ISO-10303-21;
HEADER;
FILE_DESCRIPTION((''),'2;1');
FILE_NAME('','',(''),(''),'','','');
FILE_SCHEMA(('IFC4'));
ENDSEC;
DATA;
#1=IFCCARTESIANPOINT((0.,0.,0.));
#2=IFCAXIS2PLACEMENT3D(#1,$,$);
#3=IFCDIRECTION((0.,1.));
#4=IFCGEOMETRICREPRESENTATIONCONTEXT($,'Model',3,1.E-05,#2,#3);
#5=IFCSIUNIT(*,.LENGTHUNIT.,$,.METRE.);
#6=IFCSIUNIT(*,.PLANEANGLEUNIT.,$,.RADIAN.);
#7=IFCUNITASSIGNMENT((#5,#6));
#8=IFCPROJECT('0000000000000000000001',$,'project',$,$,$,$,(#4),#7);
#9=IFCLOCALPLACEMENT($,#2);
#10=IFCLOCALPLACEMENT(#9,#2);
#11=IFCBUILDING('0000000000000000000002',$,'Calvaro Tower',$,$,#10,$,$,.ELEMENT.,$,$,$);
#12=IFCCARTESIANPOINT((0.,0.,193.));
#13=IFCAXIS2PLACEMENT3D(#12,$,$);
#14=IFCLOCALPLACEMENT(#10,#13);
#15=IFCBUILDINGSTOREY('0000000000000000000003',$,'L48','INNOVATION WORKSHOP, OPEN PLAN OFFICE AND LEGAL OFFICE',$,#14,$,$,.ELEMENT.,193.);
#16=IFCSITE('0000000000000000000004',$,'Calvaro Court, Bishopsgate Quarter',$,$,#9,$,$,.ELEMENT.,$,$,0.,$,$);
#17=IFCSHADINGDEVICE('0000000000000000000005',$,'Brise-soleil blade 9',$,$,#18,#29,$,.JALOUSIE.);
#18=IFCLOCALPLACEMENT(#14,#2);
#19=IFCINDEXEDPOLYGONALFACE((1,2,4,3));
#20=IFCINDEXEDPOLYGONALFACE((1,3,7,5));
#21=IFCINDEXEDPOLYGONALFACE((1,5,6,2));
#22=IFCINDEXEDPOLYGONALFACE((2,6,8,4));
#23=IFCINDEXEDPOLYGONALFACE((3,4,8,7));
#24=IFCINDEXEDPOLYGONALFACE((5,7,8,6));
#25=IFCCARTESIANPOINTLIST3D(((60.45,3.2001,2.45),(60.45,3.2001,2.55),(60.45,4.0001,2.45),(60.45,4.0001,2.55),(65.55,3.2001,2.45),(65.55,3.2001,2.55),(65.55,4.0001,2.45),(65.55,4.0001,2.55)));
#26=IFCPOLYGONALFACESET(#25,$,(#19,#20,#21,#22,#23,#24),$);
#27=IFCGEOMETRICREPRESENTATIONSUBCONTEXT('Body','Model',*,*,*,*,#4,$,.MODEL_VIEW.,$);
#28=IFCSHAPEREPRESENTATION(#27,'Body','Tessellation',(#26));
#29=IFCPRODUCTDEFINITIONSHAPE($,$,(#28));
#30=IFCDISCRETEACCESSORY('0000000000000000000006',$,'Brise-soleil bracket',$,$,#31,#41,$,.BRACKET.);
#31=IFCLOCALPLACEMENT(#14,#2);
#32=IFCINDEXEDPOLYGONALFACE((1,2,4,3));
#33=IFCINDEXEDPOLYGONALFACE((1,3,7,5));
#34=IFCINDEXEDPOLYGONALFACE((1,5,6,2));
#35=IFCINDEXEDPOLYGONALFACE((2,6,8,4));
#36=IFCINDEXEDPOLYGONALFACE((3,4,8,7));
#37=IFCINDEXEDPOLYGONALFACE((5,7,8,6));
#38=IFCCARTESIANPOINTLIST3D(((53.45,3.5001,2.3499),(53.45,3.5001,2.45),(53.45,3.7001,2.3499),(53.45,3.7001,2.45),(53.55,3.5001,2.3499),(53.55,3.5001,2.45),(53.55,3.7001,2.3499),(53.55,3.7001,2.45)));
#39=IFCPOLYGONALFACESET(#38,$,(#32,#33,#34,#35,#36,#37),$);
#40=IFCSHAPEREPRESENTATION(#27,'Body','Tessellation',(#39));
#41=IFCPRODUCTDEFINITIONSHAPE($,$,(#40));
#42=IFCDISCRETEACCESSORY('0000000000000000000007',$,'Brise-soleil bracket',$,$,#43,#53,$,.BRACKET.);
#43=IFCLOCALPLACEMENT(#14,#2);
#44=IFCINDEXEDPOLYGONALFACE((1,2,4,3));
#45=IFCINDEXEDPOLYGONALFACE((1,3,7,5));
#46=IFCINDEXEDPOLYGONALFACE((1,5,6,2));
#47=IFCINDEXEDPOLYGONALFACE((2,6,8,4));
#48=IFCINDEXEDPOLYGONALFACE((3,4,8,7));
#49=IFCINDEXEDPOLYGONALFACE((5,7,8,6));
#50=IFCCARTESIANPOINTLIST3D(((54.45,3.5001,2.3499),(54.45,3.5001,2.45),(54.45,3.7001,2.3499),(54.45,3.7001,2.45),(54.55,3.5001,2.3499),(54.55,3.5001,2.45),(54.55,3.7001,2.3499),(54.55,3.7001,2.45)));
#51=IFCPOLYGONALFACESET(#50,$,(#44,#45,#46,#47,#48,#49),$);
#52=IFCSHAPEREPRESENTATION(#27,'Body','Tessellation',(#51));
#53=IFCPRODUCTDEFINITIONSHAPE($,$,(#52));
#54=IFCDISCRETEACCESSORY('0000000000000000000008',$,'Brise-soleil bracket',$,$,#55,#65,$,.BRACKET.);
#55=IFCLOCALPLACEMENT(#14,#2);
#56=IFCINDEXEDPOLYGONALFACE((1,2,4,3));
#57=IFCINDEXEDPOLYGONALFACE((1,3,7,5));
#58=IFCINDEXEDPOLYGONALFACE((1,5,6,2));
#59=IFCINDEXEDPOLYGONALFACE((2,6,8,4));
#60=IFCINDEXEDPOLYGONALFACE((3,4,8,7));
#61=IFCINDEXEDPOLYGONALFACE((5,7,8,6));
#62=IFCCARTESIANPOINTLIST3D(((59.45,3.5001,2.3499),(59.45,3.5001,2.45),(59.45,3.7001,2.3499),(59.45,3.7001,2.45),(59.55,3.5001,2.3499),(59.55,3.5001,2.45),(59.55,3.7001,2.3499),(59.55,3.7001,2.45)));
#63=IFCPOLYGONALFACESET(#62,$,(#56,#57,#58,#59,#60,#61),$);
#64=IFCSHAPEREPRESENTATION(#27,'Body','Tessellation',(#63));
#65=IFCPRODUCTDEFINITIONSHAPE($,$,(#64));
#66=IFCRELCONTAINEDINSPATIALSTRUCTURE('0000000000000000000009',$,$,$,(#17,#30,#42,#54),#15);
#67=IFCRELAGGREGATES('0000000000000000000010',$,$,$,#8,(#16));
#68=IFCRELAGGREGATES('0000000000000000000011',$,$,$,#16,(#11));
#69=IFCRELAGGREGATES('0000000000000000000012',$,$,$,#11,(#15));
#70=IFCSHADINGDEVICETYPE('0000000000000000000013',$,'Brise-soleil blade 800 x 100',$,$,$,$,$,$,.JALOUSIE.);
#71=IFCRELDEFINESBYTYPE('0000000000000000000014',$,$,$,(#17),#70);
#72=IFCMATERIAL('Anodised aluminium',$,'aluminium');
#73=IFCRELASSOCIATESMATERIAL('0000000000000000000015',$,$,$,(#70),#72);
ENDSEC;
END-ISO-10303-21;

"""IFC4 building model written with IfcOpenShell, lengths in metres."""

from ifc_helpers import new_model, si_unit, direction, frame, origin, origin_2d, place, context, subcontext, project, spatial, rectangle, extrude, material, material_profile, profile_set, type_object, element, save


model = new_model("IFC4")

# Units and contexts
model_context = context("Model", 3, precision=1e-05, world=origin(), true_north=direction((0.0, 1.0)))
body_context = subcontext(model_context, "Body", "Model", "MODEL_VIEW")
ifc_project = project(units=[si_unit("LENGTHUNIT", "METRE"), si_unit("PLANEANGLEUNIT", "RADIAN")], contexts=[model_context])

# Site, building, storey
site_placement = place(None, origin())
site = spatial("IfcSite", under=ifc_project, at=site_placement, Name="Calvaro Court, Bishopsgate Quarter", CompositionType="ELEMENT", RefElevation=0.0)
building_placement = place(site_placement, origin())
building = spatial("IfcBuilding", under=site, at=building_placement, Name="Calvaro Tower", CompositionType="ELEMENT")
storey_placement = place(building_placement, frame((0.0, 0.0, 193.0)))
storey = spatial("IfcBuildingStorey", under=building, at=storey_placement, Name="L48", Description="INNOVATION WORKSHOP, OPEN PLAN OFFICE AND LEGAL OFFICE", CompositionType="ELEMENT", Elevation=193.0)

# Shading device
ifc_material_1 = material(Name="Anodised aluminium", Category="aluminium")
ifc_material_profile_1 = material_profile(ifc_material_1, rectangle(XDim=0.8, YDim=0.1001, at=origin_2d()), Name="Brise-soleil blade 800 x 100")
ifc_profile_set_1 = profile_set([ifc_material_profile_1], Name="Anodised aluminium")
shading_device_type = type_object("IfcShadingDeviceType", Name="Brise-soleil blade 800 x 100", PredefinedType="JALOUSIE", material=ifc_profile_set_1)
for number, where, z_axis, x_axis, name in (
    (1, (60.45, 3.6001, 2.5), (1.0, 0.0, 0.0), (0.0, 1.0, 0.0), "Brise-soleil blade 9"),
):
    element("IfcShadingDevice", number, at=place(storey_placement, frame(where, z_axis=z_axis, x_axis=x_axis)), inside=storey, type_object=shading_device_type, Name=name, PredefinedType="JALOUSIE", context=body_context, shape_type="SweptSolid", body=[
        extrude(rectangle(XDim=0.8, YDim=0.1001, at=origin_2d()), origin(), (0.0, 0.0, 1.0), 5.1001),
    ])

# Discrete accessories
for number, where, z_axis, x_axis, name in (
    (2, (53.5, 3.6001, 2.3499), (0.0, 0.0, 1.0), (1.0, 0.0, 0.0), "Brise-soleil bracket"),
    (3, (54.5, 3.6001, 2.3499), (0.0, 0.0, 1.0), (1.0, 0.0, 0.0), "Brise-soleil bracket"),
    (4, (59.5, 3.6001, 2.3499), (0.0, 0.0, 1.0), (1.0, 0.0, 0.0), "Brise-soleil bracket"),
):
    element("IfcDiscreteAccessory", number, at=place(storey_placement, frame(where, z_axis=z_axis, x_axis=x_axis)), inside=storey, Name=name, PredefinedType="BRACKET", context=body_context, shape_type="SweptSolid", body=[
        extrude(rectangle(XDim=0.1001, YDim=0.2, at=origin_2d()), origin(), (0.0, 0.0, 1.0), 0.1001),
    ])

save(model, "model.ifc")
